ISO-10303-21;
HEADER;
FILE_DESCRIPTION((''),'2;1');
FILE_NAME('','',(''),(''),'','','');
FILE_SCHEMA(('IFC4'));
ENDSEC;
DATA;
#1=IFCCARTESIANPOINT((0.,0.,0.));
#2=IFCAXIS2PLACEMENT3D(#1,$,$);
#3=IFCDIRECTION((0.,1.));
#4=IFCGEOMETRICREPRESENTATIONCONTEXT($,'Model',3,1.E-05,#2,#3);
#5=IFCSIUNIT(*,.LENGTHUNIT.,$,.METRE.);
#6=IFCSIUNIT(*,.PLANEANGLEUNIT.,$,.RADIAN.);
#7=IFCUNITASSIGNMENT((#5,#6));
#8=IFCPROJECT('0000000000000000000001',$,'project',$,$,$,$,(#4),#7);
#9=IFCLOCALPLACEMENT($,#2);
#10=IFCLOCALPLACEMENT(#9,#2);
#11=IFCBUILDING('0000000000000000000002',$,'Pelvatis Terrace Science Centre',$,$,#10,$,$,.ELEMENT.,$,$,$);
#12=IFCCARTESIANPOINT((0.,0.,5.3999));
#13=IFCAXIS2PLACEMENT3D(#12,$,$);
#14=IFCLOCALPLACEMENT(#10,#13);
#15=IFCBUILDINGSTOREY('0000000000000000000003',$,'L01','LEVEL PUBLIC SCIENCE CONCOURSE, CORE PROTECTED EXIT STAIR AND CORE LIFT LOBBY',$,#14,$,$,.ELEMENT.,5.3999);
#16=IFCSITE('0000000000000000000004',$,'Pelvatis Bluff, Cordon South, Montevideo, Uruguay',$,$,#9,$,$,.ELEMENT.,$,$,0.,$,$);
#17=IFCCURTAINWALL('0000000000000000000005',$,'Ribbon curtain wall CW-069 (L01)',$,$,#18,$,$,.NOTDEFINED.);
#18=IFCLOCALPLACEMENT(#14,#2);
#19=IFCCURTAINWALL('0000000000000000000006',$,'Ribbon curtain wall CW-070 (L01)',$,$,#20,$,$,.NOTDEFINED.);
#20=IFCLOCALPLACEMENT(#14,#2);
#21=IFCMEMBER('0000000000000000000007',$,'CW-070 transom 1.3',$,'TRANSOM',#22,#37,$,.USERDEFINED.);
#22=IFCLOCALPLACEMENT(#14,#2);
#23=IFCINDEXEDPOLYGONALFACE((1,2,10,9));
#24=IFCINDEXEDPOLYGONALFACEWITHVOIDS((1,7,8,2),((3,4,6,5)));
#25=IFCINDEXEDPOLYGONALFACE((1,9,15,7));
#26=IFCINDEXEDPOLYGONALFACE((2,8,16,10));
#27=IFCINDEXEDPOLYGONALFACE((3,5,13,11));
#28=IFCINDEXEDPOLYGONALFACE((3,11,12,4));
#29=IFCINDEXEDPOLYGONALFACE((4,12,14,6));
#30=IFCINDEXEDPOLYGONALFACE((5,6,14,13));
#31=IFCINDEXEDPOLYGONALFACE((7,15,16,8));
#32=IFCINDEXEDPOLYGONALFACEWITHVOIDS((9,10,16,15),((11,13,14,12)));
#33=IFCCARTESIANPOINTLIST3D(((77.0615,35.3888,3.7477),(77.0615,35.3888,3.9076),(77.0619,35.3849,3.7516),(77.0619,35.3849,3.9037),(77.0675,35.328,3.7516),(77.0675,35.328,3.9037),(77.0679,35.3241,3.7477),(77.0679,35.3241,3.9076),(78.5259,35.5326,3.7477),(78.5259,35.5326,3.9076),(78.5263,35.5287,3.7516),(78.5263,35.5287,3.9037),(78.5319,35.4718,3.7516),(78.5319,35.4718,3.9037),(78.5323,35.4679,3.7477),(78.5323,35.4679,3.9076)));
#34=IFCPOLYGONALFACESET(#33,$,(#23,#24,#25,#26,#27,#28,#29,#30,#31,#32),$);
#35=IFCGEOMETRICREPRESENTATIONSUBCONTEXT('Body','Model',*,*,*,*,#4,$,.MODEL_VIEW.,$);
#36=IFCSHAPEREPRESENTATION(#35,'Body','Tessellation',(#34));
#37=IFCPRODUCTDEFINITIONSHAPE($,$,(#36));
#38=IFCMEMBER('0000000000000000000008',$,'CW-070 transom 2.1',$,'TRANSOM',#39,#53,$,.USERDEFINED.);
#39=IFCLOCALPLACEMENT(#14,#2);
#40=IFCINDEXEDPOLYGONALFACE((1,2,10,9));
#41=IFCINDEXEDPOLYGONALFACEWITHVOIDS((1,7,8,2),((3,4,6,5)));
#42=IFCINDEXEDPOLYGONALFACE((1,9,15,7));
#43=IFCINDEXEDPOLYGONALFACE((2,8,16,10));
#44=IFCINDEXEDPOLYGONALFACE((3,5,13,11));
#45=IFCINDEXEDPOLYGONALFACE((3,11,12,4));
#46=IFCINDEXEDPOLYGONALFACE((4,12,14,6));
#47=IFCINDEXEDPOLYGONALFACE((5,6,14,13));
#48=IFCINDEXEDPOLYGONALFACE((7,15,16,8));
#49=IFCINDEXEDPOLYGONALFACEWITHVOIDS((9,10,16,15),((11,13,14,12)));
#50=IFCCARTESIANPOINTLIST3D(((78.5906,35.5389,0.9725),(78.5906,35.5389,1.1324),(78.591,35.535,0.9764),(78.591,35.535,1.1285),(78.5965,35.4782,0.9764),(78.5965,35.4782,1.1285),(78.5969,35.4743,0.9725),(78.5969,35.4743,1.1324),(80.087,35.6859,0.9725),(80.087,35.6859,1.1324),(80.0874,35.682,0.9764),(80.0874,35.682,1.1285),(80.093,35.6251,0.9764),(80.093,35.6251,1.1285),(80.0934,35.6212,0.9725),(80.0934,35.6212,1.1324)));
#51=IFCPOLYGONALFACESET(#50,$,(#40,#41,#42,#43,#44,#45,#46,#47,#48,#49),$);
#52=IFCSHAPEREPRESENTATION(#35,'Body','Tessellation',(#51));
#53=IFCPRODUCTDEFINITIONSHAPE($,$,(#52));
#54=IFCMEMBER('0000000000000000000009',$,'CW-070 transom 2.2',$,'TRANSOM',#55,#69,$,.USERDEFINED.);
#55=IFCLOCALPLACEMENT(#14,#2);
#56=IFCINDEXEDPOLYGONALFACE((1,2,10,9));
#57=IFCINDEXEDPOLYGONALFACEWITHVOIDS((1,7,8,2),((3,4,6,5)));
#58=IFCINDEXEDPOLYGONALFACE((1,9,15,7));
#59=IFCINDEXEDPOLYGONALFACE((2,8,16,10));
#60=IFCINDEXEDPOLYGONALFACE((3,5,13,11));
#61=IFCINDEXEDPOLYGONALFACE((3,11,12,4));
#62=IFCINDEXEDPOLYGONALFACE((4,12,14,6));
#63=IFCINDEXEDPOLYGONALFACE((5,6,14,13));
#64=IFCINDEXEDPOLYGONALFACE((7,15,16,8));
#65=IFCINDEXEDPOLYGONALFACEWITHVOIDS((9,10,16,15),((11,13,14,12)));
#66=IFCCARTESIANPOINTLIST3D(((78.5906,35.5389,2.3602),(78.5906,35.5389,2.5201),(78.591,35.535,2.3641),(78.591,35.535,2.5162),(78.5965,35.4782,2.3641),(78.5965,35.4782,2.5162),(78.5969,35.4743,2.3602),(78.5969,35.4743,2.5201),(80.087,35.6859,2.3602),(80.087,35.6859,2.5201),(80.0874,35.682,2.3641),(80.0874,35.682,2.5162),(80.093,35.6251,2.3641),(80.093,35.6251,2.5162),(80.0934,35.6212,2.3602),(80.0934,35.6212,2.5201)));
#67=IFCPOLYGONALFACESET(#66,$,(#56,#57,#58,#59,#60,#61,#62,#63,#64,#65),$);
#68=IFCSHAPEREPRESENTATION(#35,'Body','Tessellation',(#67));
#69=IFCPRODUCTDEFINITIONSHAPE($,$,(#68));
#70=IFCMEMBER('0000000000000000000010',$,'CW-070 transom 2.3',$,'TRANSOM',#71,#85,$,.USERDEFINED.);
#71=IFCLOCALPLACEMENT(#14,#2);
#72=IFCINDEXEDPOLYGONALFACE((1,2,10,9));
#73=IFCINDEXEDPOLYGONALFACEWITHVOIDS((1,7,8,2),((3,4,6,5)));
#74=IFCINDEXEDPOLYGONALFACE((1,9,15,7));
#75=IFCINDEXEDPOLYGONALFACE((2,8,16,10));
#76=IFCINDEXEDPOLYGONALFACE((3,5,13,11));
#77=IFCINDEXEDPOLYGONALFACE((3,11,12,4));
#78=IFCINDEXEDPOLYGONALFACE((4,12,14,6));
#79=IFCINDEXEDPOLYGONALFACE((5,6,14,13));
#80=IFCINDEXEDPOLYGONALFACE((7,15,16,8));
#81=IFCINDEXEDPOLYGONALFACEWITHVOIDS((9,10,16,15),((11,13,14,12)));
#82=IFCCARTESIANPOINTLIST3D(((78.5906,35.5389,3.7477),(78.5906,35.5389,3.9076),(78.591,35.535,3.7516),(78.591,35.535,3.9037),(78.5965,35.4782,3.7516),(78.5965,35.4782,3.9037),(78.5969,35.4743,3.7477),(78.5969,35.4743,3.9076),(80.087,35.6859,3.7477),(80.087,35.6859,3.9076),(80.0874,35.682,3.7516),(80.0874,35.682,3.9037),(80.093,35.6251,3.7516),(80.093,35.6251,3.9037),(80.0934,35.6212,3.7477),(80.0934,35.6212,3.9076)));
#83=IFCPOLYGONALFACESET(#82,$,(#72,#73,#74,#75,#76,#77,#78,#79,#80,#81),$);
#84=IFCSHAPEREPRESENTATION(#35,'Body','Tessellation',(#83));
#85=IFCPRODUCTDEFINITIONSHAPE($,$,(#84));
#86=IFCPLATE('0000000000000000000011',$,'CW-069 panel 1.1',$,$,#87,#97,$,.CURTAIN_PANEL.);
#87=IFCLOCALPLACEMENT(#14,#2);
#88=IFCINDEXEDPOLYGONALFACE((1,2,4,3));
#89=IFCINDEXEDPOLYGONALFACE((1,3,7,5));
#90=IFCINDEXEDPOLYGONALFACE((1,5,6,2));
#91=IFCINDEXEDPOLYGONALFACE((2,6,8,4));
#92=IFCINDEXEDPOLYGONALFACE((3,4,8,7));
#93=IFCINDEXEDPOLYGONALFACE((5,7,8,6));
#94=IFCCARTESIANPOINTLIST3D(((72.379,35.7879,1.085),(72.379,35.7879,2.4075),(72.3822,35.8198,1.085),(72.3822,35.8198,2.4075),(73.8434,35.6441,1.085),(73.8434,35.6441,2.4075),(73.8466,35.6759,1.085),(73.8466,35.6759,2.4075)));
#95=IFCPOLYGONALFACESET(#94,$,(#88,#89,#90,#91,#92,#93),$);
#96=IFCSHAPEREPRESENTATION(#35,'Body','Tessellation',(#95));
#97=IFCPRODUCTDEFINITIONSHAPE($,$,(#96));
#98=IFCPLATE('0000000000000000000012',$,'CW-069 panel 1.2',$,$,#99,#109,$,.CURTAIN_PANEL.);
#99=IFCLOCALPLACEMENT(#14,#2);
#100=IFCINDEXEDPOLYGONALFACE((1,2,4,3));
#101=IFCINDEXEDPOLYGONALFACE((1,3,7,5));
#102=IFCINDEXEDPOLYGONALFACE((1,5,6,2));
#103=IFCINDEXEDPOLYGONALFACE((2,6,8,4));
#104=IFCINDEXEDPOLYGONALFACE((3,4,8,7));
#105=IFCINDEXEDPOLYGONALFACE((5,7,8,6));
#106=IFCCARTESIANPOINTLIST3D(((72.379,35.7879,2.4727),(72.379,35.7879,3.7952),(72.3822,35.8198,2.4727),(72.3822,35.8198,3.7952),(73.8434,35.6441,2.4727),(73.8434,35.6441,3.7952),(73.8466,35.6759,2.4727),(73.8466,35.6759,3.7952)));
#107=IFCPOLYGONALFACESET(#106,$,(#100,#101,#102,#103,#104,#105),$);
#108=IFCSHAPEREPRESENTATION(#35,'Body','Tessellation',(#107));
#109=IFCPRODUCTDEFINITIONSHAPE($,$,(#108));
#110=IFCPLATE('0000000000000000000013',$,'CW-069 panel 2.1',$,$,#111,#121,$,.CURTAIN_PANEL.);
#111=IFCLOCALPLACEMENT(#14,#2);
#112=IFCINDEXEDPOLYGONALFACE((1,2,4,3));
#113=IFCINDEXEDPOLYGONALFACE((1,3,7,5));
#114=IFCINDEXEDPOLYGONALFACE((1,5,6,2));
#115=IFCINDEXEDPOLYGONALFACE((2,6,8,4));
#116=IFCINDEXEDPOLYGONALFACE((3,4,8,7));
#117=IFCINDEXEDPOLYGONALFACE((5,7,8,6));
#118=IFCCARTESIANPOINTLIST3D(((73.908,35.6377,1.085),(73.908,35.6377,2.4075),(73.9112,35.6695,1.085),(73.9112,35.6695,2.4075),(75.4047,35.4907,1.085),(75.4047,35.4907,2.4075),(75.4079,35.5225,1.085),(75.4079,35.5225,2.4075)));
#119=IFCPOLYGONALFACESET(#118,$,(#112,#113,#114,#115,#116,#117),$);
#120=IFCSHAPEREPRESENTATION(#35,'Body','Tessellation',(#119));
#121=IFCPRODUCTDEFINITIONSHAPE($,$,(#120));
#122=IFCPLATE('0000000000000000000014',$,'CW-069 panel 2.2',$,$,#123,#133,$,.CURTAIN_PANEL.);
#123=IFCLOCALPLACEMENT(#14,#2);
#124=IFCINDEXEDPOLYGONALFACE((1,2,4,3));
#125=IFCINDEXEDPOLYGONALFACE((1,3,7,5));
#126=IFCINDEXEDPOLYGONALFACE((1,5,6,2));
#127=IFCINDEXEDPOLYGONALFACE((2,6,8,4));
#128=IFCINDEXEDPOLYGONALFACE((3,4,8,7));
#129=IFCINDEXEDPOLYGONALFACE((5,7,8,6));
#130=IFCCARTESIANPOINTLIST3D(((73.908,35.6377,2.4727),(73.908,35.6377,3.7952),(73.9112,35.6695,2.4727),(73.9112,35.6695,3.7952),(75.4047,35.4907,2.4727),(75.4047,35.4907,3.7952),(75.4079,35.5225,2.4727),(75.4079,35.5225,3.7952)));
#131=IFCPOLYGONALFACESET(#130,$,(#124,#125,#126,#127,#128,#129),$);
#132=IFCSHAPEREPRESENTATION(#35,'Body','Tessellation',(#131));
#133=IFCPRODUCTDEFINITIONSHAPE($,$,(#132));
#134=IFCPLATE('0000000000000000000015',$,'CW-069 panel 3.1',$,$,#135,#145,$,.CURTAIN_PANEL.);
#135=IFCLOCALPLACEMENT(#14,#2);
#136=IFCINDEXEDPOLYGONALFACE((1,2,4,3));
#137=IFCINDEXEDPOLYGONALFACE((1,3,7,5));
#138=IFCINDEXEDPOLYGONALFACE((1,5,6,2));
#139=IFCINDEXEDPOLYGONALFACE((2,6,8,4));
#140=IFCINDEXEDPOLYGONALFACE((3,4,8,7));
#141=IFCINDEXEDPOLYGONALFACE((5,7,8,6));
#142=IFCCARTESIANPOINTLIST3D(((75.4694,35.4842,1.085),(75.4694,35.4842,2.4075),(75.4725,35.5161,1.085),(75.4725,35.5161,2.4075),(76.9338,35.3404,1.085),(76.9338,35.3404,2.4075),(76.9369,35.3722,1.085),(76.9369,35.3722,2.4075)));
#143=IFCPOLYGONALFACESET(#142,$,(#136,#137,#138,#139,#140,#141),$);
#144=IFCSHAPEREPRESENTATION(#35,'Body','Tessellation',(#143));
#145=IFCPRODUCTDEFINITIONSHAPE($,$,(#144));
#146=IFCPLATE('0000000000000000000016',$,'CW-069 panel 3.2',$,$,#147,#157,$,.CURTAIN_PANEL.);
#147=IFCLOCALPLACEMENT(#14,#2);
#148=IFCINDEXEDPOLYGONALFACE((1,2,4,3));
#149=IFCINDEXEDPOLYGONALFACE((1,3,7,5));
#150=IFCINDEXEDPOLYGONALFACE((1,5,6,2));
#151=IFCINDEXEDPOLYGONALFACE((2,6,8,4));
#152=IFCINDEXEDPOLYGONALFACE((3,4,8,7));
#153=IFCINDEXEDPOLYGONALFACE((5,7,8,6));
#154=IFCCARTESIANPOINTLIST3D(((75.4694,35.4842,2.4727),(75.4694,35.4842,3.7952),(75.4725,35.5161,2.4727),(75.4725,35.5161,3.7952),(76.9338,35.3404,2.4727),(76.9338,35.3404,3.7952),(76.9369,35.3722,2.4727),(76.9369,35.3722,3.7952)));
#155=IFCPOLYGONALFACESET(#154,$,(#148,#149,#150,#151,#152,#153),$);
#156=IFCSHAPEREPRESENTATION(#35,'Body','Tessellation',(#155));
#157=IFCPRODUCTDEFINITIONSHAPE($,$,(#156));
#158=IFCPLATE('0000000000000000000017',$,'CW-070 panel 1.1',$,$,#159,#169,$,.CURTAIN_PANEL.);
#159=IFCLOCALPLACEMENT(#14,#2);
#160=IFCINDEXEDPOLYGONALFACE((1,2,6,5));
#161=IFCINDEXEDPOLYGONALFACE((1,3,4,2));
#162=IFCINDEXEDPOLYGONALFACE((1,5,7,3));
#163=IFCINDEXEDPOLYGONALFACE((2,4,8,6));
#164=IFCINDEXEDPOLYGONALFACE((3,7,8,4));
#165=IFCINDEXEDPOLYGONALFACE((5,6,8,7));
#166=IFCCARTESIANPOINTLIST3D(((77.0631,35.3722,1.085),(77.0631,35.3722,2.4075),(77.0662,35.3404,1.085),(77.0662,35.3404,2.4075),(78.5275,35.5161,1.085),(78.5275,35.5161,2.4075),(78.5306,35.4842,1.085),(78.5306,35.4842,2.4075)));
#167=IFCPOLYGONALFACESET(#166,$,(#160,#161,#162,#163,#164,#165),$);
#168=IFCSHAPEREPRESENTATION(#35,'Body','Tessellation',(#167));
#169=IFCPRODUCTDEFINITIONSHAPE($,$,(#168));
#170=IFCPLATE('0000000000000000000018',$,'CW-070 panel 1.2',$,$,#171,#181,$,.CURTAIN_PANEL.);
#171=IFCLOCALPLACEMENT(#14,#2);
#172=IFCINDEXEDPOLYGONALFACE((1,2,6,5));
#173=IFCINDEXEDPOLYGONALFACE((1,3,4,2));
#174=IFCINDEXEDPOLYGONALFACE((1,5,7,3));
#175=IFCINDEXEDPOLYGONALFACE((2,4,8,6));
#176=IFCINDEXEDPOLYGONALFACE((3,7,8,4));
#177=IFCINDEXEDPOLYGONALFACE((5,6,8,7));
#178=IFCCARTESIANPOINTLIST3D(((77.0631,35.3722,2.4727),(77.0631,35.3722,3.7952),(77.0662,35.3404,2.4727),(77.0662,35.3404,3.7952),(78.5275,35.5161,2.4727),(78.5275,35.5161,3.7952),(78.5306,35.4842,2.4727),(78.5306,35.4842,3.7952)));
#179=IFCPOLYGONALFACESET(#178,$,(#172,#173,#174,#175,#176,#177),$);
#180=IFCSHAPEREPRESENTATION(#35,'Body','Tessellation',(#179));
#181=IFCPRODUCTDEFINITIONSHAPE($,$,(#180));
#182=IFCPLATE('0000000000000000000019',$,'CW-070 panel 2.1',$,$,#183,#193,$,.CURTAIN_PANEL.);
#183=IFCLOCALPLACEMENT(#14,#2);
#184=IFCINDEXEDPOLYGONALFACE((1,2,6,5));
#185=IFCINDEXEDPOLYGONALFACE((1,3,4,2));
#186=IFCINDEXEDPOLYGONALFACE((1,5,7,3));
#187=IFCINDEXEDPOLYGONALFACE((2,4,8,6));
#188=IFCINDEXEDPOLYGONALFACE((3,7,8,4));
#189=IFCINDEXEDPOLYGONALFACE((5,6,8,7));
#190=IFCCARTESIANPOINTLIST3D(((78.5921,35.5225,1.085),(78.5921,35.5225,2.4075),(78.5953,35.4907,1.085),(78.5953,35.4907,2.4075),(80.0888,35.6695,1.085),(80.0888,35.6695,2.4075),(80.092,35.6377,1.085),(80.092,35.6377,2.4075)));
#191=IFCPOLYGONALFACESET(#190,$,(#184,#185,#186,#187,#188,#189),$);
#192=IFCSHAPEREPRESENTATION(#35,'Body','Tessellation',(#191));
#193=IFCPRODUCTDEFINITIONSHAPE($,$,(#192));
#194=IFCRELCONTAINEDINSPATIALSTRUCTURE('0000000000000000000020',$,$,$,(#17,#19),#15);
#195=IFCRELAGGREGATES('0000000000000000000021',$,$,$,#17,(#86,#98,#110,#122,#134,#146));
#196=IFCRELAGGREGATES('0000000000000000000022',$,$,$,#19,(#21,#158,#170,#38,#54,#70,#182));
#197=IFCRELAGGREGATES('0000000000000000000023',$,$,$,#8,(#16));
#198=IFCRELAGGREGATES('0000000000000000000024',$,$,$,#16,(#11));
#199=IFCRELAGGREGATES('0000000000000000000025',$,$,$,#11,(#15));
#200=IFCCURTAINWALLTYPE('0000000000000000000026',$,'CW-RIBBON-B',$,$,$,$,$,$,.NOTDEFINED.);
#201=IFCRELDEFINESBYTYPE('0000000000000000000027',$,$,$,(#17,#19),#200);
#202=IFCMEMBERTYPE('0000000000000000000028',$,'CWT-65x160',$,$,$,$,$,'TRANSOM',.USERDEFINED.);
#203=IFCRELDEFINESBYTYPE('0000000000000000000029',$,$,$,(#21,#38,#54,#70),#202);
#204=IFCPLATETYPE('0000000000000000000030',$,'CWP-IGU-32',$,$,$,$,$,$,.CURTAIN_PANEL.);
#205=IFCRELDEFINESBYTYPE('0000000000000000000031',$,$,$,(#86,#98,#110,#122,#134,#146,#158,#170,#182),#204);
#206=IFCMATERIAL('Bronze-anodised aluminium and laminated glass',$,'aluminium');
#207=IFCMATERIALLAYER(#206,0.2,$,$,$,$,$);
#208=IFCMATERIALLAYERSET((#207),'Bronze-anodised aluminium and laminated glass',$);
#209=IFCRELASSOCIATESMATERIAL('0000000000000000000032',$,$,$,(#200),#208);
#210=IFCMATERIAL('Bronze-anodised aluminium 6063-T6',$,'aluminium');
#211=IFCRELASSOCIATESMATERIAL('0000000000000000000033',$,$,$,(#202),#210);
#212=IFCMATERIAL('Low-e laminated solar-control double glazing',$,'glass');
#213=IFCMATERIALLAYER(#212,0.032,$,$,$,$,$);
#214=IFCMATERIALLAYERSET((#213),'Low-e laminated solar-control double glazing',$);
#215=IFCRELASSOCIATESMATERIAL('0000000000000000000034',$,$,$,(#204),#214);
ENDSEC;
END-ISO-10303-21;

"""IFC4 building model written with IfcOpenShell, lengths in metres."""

from ifc_helpers import new_model, si_unit, direction, frame, origin, origin_2d, place, context, subcontext, project, spatial, rectangle, hollow_rectangle, extrude, material, layer, layer_set, material_profile, profile_set, type_object, element, aggregate, save


model = new_model("IFC4")

# Units and contexts
model_context = context("Model", 3, precision=1e-05, world=origin(), true_north=direction((0.0, 1.0)))
body_context = subcontext(model_context, "Body", "Model", "MODEL_VIEW")
ifc_project = project(units=[si_unit("LENGTHUNIT", "METRE"), si_unit("PLANEANGLEUNIT", "RADIAN")], contexts=[model_context])

# Site, building, storey
site_placement = place(None, origin())
site = spatial("IfcSite", under=ifc_project, at=site_placement, Name="Pelvatis Bluff, Cordon South, Montevideo, Uruguay", CompositionType="ELEMENT", RefElevation=0.0)
building_placement = place(site_placement, origin())
building = spatial("IfcBuilding", under=site, at=building_placement, Name="Pelvatis Terrace Science Centre", CompositionType="ELEMENT")
storey_placement = place(building_placement, frame((0.0, 0.0, 5.3999)))
storey = spatial("IfcBuildingStorey", under=building, at=storey_placement, Name="L01", Description="LEVEL PUBLIC SCIENCE CONCOURSE, CORE PROTECTED EXIT STAIR AND CORE LIFT LOBBY", CompositionType="ELEMENT", Elevation=5.3999)

# Curtain walls
ifc_material_1 = material(Name="Bronze-anodised aluminium and laminated glass", Category="aluminium")
ifc_layer_1 = layer(ifc_material_1, 0.2)
ifc_layer_set_1 = layer_set([ifc_layer_1], Name="Bronze-anodised aluminium and laminated glass")
curtain_wall_type = type_object("IfcCurtainWallType", Name="CW-RIBBON-B", PredefinedType="NOTDEFINED", material=ifc_layer_set_1)
curtain_wall_1_placement = place(storey_placement, origin())
curtain_wall_1 = element("IfcCurtainWall", 1, at=curtain_wall_1_placement, inside=storey, type_object=curtain_wall_type, Name="Ribbon curtain wall CW-069 (L01)", PredefinedType="NOTDEFINED")
curtain_wall_2_placement = place(storey_placement, origin())
curtain_wall_2 = element("IfcCurtainWall", 2, at=curtain_wall_2_placement, inside=storey, type_object=curtain_wall_type, Name="Ribbon curtain wall CW-070 (L01)", PredefinedType="NOTDEFINED")

# Members
ifc_material_2 = material(Name="Bronze-anodised aluminium 6063-T6", Category="aluminium")
ifc_material_profile_1 = material_profile(ifc_material_2, hollow_rectangle(XDim=0.0649, YDim=0.1599, WallThickness=0.0039, at=origin_2d()), Name="ALU-TRN 65x160")
ifc_profile_set_1 = profile_set([ifc_material_profile_1], Name="Bronze-anodised aluminium 6063-T6")
member_type_1 = type_object("IfcMemberType", Name="CWT-65x160", ElementType="TRANSOM", PredefinedType="USERDEFINED", material=ifc_profile_set_1)
member_1_placement = place(storey_placement, frame((77.0647, 35.3564, 3.8276), z_axis=(0.995213, 0.097729, 0.0), x_axis=(-0.097729, 0.995213, 0.0)))
member_1 = element("IfcMember", 3, at=member_1_placement, type_object=member_type_1, Name="CW-070 transom 1.3", ObjectType="TRANSOM", PredefinedType="USERDEFINED", context=body_context, shape_type="SweptSolid", body=[
    extrude(hollow_rectangle(XDim=0.0649, YDim=0.1599, WallThickness=0.0039, at=origin_2d()), origin(), (0.0, 0.0, 1.0), 1.4714),
])
member_2_placement = place(storey_placement, frame((78.5938, 35.5066, 1.0525), z_axis=(0.995212, 0.097735, 0.0), x_axis=(-0.097735, 0.995212, 0.0)))
member_2 = element("IfcMember", 4, at=member_2_placement, type_object=member_type_1, Name="CW-070 transom 2.1", ObjectType="TRANSOM", PredefinedType="USERDEFINED", context=body_context, shape_type="SweptSolid", body=[
    extrude(hollow_rectangle(XDim=0.0649, YDim=0.1599, WallThickness=0.0039, at=origin_2d()), origin(), (0.0, 0.0, 1.0), 1.5037),
])
member_3_placement = place(storey_placement, frame((78.5938, 35.5066, 2.4402), z_axis=(0.995212, 0.097735, 0.0), x_axis=(-0.097735, 0.995212, 0.0)))
member_3 = element("IfcMember", 5, at=member_3_placement, type_object=member_type_1, Name="CW-070 transom 2.2", ObjectType="TRANSOM", PredefinedType="USERDEFINED", context=body_context, shape_type="SweptSolid", body=[
    extrude(hollow_rectangle(XDim=0.0649, YDim=0.1599, WallThickness=0.0039, at=origin_2d()), origin(), (0.0, 0.0, 1.0), 1.5037),
])
member_4_placement = place(storey_placement, frame((78.5938, 35.5066, 3.8276), z_axis=(0.995212, 0.097735, 0.0), x_axis=(-0.097735, 0.995212, 0.0)))
member_4 = element("IfcMember", 6, at=member_4_placement, type_object=member_type_1, Name="CW-070 transom 2.3", ObjectType="TRANSOM", PredefinedType="USERDEFINED", context=body_context, shape_type="SweptSolid", body=[
    extrude(hollow_rectangle(XDim=0.0649, YDim=0.1599, WallThickness=0.0039, at=origin_2d()), origin(), (0.0, 0.0, 1.0), 1.5037),
])

# Plates
ifc_material_3 = material(Name="Low-e laminated solar-control double glazing", Category="glass")
ifc_layer_2 = layer(ifc_material_3, 0.032)
ifc_layer_set_2 = layer_set([ifc_layer_2], Name="Low-e laminated solar-control double glazing")
plate_type = type_object("IfcPlateType", Name="CWP-IGU-32", PredefinedType="CURTAIN_PANEL", material=ifc_layer_set_2)
plate_1_placement = place(storey_placement, frame((73.1128, 35.7319, 1.085), z_axis=(0.0, 0.0, 1.0), x_axis=(0.99521, -0.097755, 0.0)))
plate_1 = element("IfcPlate", 7, at=plate_1_placement, type_object=plate_type, Name="CW-069 panel 1.1", PredefinedType="CURTAIN_PANEL", context=body_context, shape_type="SweptSolid", body=[
    extrude(rectangle(XDim=1.4714, YDim=0.032, at=origin_2d()), origin(), (0.0, 0.0, 1.0), 1.3225),
])
plate_2_placement = place(storey_placement, frame((73.1128, 35.7319, 2.4727), z_axis=(0.0, 0.0, 1.0), x_axis=(0.99521, -0.097755, 0.0)))
plate_2 = element("IfcPlate", 8, at=plate_2_placement, type_object=plate_type, Name="CW-069 panel 1.2", PredefinedType="CURTAIN_PANEL", context=body_context, shape_type="SweptSolid", body=[
    extrude(rectangle(XDim=1.4714, YDim=0.032, at=origin_2d()), origin(), (0.0, 0.0, 1.0), 1.3225),
])
plate_3_placement = place(storey_placement, frame((74.658, 35.5801, 1.085), z_axis=(0.0, 0.0, 1.0), x_axis=(0.99521, -0.097755, 0.0)))
plate_3 = element("IfcPlate", 9, at=plate_3_placement, type_object=plate_type, Name="CW-069 panel 2.1", PredefinedType="CURTAIN_PANEL", context=body_context, shape_type="SweptSolid", body=[
    extrude(rectangle(XDim=1.5039, YDim=0.032, at=origin_2d()), origin(), (0.0, 0.0, 1.0), 1.3225),
])
plate_4_placement = place(storey_placement, frame((74.658, 35.5801, 2.4727), z_axis=(0.0, 0.0, 1.0), x_axis=(0.99521, -0.097755, 0.0)))
plate_4 = element("IfcPlate", 10, at=plate_4_placement, type_object=plate_type, Name="CW-069 panel 2.2", PredefinedType="CURTAIN_PANEL", context=body_context, shape_type="SweptSolid", body=[
    extrude(rectangle(XDim=1.5039, YDim=0.032, at=origin_2d()), origin(), (0.0, 0.0, 1.0), 1.3225),
])
plate_5_placement = place(storey_placement, frame((76.2031, 35.4282, 1.085), z_axis=(0.0, 0.0, 1.0), x_axis=(0.99521, -0.097755, 0.0)))
plate_5 = element("IfcPlate", 11, at=plate_5_placement, type_object=plate_type, Name="CW-069 panel 3.1", PredefinedType="CURTAIN_PANEL", context=body_context, shape_type="SweptSolid", body=[
    extrude(rectangle(XDim=1.4714, YDim=0.032, at=origin_2d()), origin(), (0.0, 0.0, 1.0), 1.3225),
])
plate_6_placement = place(storey_placement, frame((76.2031, 35.4282, 2.4727), z_axis=(0.0, 0.0, 1.0), x_axis=(0.99521, -0.097755, 0.0)))
plate_6 = element("IfcPlate", 12, at=plate_6_placement, type_object=plate_type, Name="CW-069 panel 3.2", PredefinedType="CURTAIN_PANEL", context=body_context, shape_type="SweptSolid", body=[
    extrude(rectangle(XDim=1.4714, YDim=0.032, at=origin_2d()), origin(), (0.0, 0.0, 1.0), 1.3225),
])
aggregate(curtain_wall_1, [plate_1, plate_2, plate_3, plate_4, plate_5, plate_6])
plate_7_placement = place(storey_placement, frame((77.7969, 35.4282, 1.085), z_axis=(0.0, 0.0, 1.0), x_axis=(0.99521, 0.097755, 0.0)))
plate_7 = element("IfcPlate", 13, at=plate_7_placement, type_object=plate_type, Name="CW-070 panel 1.1", PredefinedType="CURTAIN_PANEL", context=body_context, shape_type="SweptSolid", body=[
    extrude(rectangle(XDim=1.4714, YDim=0.032, at=origin_2d()), origin(), (0.0, 0.0, 1.0), 1.3225),
])
plate_8_placement = place(storey_placement, frame((77.7969, 35.4282, 2.4727), z_axis=(0.0, 0.0, 1.0), x_axis=(0.99521, 0.097755, 0.0)))
plate_8 = element("IfcPlate", 14, at=plate_8_placement, type_object=plate_type, Name="CW-070 panel 1.2", PredefinedType="CURTAIN_PANEL", context=body_context, shape_type="SweptSolid", body=[
    extrude(rectangle(XDim=1.4714, YDim=0.032, at=origin_2d()), origin(), (0.0, 0.0, 1.0), 1.3225),
])
plate_9_placement = place(storey_placement, frame((79.342, 35.5801, 1.085), z_axis=(0.0, 0.0, 1.0), x_axis=(0.99521, 0.097755, 0.0)))
plate_9 = element("IfcPlate", 15, at=plate_9_placement, type_object=plate_type, Name="CW-070 panel 2.1", PredefinedType="CURTAIN_PANEL", context=body_context, shape_type="SweptSolid", body=[
    extrude(rectangle(XDim=1.5039, YDim=0.032, at=origin_2d()), origin(), (0.0, 0.0, 1.0), 1.3225),
])
aggregate(curtain_wall_2, [member_1, plate_7, plate_8, member_2, member_3, member_4, plate_9])

save(model, "model.ifc")
